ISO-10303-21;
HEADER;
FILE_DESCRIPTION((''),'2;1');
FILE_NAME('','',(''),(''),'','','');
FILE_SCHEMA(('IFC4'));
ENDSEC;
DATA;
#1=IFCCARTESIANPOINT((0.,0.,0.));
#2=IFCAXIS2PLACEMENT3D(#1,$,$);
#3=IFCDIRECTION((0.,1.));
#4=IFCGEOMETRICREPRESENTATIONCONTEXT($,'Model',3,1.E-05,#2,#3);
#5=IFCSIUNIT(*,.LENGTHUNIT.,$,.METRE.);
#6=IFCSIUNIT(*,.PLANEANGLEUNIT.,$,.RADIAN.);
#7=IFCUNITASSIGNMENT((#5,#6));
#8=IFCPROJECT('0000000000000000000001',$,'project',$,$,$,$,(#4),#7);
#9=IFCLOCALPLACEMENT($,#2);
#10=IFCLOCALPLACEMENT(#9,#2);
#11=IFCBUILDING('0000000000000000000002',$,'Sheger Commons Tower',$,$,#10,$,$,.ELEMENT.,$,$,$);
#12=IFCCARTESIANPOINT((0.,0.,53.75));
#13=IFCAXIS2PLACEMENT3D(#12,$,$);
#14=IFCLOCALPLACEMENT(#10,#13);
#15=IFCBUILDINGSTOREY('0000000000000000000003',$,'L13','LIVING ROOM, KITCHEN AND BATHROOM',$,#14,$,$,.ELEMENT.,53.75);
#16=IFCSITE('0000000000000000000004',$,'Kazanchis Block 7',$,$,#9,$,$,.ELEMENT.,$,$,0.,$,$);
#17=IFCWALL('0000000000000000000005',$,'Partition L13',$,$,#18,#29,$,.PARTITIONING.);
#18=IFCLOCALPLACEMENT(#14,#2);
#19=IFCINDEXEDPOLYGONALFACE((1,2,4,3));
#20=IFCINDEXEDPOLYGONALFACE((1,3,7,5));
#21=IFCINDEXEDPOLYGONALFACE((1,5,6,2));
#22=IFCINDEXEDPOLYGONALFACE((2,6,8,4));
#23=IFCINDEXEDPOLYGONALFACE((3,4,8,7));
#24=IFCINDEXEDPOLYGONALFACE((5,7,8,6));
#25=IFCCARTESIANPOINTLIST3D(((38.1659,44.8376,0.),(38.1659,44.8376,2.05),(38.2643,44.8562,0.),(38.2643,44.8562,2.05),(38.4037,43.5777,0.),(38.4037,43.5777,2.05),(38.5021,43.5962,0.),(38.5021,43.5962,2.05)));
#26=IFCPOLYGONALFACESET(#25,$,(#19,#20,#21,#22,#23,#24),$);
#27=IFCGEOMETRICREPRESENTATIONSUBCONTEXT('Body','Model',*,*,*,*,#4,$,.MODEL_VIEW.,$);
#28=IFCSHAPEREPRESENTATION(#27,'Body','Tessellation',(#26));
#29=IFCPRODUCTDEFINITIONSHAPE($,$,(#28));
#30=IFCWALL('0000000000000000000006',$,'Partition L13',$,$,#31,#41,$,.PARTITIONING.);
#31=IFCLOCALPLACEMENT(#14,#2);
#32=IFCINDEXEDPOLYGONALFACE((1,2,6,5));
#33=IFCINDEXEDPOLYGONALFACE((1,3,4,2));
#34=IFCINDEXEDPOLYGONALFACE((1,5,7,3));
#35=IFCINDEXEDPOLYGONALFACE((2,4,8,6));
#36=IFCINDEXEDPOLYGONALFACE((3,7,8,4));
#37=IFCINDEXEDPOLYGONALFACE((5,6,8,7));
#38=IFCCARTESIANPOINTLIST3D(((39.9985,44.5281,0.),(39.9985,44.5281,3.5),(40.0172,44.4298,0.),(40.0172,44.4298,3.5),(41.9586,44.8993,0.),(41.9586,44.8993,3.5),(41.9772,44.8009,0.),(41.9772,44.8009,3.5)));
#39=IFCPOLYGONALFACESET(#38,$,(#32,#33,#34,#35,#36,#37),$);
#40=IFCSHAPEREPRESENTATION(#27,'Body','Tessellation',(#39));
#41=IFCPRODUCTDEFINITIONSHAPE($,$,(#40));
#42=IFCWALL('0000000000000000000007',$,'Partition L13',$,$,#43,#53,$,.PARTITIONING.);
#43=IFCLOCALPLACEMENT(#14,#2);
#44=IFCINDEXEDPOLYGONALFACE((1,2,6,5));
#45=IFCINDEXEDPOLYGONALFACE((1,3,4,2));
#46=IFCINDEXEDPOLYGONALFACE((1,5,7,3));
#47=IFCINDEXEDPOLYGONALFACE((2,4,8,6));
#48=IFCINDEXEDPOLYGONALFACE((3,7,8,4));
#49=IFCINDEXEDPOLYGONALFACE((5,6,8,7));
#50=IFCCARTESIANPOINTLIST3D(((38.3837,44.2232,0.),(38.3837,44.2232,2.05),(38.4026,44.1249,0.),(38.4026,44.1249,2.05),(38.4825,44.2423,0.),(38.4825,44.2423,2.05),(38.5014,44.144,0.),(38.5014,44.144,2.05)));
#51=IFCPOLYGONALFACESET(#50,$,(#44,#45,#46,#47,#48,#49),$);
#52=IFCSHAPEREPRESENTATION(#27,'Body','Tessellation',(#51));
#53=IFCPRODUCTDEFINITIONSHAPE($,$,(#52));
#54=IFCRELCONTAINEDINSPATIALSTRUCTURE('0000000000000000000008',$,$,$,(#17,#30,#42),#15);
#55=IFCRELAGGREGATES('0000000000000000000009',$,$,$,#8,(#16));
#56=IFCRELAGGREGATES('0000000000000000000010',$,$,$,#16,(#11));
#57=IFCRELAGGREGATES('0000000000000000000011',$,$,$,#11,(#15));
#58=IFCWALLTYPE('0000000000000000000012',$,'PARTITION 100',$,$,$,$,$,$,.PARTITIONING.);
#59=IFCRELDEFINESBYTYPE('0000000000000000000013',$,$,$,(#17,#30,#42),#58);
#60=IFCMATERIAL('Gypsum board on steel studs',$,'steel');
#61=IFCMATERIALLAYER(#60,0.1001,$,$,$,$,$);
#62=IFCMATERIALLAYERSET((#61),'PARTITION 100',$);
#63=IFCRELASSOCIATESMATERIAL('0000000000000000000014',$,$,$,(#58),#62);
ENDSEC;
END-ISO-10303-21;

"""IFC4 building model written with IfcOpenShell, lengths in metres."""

from ifc_helpers import new_model, si_unit, direction, frame, frame_2d, origin, place, context, subcontext, project, spatial, rectangle, extrude, material, layer, layer_set, type_object, element, save


model = new_model("IFC4")

# Units and contexts
model_context = context("Model", 3, precision=1e-05, world=origin(), true_north=direction((0.0, 1.0)))
body_context = subcontext(model_context, "Body", "Model", "MODEL_VIEW")
ifc_project = project(units=[si_unit("LENGTHUNIT", "METRE"), si_unit("PLANEANGLEUNIT", "RADIAN")], contexts=[model_context])

# Site, building, storey
site_placement = place(None, origin())
site = spatial("IfcSite", under=ifc_project, at=site_placement, Name="Kazanchis Block 7", CompositionType="ELEMENT", RefElevation=0.0)
building_placement = place(site_placement, origin())
building = spatial("IfcBuilding", under=site, at=building_placement, Name="Sheger Commons Tower", CompositionType="ELEMENT")
storey_placement = place(building_placement, frame((0.0, 0.0, 53.75)))
storey = spatial("IfcBuildingStorey", under=building, at=storey_placement, Name="L13", Description="LIVING ROOM, KITCHEN AND BATHROOM", CompositionType="ELEMENT", Elevation=53.75)

# Walls
ifc_material_1 = material(Name="Gypsum board on steel studs", Category="steel")
ifc_layer_1 = layer(ifc_material_1, 0.1001)
ifc_layer_set_1 = layer_set([ifc_layer_1], Name="PARTITION 100")
wall_type_1 = type_object("IfcWallType", Name="PARTITION 100", PredefinedType="PARTITIONING", material=ifc_layer_set_1)
wall_1_placement = place(storey_placement, frame((38.2151, 44.8469, 0.0), z_axis=(0.0, 0.0, 1.0), x_axis=(0.185449, -0.982654, 0.0)))
element("IfcWall", 1, at=wall_1_placement, inside=storey, type_object=wall_type_1, Name="Partition L13", PredefinedType="PARTITIONING", context=body_context, shape_type="SweptSolid", body=[
    extrude(rectangle(XDim=1.2822, YDim=0.1001, at=frame_2d((0.6411, 0.0))), origin(), (0.0, 0.0, 1.0), 2.05),
])
wall_2_placement = place(storey_placement, frame((41.968, 44.8501, 0.0), z_axis=(0.0, 0.0, 1.0), x_axis=(-0.982544, -0.186032, 0.0)))
element("IfcWall", 2, at=wall_2_placement, inside=storey, type_object=wall_type_1, Name="Partition L13", PredefinedType="PARTITIONING", context=body_context, shape_type="SweptSolid", body=[
    extrude(rectangle(XDim=1.9949, YDim=0.1001, at=frame_2d((0.9976, 0.0))), origin(), (0.0, 0.0, 1.0), 3.5),
])
wall_3_placement = place(storey_placement, frame((38.4919, 44.1931, 0.0), z_axis=(0.0, 0.0, 1.0), x_axis=(-0.981955, -0.189117, 0.0)))
element("IfcWall", 3, at=wall_3_placement, inside=storey, type_object=wall_type_1, Name="Partition L13", PredefinedType="PARTITIONING", context=body_context, shape_type="SweptSolid", body=[
    extrude(rectangle(XDim=0.1006, YDim=0.1001, at=frame_2d((0.0503, 0.0))), origin(), (0.0, 0.0, 1.0), 2.05),
])

save(model, "model.ifc")
